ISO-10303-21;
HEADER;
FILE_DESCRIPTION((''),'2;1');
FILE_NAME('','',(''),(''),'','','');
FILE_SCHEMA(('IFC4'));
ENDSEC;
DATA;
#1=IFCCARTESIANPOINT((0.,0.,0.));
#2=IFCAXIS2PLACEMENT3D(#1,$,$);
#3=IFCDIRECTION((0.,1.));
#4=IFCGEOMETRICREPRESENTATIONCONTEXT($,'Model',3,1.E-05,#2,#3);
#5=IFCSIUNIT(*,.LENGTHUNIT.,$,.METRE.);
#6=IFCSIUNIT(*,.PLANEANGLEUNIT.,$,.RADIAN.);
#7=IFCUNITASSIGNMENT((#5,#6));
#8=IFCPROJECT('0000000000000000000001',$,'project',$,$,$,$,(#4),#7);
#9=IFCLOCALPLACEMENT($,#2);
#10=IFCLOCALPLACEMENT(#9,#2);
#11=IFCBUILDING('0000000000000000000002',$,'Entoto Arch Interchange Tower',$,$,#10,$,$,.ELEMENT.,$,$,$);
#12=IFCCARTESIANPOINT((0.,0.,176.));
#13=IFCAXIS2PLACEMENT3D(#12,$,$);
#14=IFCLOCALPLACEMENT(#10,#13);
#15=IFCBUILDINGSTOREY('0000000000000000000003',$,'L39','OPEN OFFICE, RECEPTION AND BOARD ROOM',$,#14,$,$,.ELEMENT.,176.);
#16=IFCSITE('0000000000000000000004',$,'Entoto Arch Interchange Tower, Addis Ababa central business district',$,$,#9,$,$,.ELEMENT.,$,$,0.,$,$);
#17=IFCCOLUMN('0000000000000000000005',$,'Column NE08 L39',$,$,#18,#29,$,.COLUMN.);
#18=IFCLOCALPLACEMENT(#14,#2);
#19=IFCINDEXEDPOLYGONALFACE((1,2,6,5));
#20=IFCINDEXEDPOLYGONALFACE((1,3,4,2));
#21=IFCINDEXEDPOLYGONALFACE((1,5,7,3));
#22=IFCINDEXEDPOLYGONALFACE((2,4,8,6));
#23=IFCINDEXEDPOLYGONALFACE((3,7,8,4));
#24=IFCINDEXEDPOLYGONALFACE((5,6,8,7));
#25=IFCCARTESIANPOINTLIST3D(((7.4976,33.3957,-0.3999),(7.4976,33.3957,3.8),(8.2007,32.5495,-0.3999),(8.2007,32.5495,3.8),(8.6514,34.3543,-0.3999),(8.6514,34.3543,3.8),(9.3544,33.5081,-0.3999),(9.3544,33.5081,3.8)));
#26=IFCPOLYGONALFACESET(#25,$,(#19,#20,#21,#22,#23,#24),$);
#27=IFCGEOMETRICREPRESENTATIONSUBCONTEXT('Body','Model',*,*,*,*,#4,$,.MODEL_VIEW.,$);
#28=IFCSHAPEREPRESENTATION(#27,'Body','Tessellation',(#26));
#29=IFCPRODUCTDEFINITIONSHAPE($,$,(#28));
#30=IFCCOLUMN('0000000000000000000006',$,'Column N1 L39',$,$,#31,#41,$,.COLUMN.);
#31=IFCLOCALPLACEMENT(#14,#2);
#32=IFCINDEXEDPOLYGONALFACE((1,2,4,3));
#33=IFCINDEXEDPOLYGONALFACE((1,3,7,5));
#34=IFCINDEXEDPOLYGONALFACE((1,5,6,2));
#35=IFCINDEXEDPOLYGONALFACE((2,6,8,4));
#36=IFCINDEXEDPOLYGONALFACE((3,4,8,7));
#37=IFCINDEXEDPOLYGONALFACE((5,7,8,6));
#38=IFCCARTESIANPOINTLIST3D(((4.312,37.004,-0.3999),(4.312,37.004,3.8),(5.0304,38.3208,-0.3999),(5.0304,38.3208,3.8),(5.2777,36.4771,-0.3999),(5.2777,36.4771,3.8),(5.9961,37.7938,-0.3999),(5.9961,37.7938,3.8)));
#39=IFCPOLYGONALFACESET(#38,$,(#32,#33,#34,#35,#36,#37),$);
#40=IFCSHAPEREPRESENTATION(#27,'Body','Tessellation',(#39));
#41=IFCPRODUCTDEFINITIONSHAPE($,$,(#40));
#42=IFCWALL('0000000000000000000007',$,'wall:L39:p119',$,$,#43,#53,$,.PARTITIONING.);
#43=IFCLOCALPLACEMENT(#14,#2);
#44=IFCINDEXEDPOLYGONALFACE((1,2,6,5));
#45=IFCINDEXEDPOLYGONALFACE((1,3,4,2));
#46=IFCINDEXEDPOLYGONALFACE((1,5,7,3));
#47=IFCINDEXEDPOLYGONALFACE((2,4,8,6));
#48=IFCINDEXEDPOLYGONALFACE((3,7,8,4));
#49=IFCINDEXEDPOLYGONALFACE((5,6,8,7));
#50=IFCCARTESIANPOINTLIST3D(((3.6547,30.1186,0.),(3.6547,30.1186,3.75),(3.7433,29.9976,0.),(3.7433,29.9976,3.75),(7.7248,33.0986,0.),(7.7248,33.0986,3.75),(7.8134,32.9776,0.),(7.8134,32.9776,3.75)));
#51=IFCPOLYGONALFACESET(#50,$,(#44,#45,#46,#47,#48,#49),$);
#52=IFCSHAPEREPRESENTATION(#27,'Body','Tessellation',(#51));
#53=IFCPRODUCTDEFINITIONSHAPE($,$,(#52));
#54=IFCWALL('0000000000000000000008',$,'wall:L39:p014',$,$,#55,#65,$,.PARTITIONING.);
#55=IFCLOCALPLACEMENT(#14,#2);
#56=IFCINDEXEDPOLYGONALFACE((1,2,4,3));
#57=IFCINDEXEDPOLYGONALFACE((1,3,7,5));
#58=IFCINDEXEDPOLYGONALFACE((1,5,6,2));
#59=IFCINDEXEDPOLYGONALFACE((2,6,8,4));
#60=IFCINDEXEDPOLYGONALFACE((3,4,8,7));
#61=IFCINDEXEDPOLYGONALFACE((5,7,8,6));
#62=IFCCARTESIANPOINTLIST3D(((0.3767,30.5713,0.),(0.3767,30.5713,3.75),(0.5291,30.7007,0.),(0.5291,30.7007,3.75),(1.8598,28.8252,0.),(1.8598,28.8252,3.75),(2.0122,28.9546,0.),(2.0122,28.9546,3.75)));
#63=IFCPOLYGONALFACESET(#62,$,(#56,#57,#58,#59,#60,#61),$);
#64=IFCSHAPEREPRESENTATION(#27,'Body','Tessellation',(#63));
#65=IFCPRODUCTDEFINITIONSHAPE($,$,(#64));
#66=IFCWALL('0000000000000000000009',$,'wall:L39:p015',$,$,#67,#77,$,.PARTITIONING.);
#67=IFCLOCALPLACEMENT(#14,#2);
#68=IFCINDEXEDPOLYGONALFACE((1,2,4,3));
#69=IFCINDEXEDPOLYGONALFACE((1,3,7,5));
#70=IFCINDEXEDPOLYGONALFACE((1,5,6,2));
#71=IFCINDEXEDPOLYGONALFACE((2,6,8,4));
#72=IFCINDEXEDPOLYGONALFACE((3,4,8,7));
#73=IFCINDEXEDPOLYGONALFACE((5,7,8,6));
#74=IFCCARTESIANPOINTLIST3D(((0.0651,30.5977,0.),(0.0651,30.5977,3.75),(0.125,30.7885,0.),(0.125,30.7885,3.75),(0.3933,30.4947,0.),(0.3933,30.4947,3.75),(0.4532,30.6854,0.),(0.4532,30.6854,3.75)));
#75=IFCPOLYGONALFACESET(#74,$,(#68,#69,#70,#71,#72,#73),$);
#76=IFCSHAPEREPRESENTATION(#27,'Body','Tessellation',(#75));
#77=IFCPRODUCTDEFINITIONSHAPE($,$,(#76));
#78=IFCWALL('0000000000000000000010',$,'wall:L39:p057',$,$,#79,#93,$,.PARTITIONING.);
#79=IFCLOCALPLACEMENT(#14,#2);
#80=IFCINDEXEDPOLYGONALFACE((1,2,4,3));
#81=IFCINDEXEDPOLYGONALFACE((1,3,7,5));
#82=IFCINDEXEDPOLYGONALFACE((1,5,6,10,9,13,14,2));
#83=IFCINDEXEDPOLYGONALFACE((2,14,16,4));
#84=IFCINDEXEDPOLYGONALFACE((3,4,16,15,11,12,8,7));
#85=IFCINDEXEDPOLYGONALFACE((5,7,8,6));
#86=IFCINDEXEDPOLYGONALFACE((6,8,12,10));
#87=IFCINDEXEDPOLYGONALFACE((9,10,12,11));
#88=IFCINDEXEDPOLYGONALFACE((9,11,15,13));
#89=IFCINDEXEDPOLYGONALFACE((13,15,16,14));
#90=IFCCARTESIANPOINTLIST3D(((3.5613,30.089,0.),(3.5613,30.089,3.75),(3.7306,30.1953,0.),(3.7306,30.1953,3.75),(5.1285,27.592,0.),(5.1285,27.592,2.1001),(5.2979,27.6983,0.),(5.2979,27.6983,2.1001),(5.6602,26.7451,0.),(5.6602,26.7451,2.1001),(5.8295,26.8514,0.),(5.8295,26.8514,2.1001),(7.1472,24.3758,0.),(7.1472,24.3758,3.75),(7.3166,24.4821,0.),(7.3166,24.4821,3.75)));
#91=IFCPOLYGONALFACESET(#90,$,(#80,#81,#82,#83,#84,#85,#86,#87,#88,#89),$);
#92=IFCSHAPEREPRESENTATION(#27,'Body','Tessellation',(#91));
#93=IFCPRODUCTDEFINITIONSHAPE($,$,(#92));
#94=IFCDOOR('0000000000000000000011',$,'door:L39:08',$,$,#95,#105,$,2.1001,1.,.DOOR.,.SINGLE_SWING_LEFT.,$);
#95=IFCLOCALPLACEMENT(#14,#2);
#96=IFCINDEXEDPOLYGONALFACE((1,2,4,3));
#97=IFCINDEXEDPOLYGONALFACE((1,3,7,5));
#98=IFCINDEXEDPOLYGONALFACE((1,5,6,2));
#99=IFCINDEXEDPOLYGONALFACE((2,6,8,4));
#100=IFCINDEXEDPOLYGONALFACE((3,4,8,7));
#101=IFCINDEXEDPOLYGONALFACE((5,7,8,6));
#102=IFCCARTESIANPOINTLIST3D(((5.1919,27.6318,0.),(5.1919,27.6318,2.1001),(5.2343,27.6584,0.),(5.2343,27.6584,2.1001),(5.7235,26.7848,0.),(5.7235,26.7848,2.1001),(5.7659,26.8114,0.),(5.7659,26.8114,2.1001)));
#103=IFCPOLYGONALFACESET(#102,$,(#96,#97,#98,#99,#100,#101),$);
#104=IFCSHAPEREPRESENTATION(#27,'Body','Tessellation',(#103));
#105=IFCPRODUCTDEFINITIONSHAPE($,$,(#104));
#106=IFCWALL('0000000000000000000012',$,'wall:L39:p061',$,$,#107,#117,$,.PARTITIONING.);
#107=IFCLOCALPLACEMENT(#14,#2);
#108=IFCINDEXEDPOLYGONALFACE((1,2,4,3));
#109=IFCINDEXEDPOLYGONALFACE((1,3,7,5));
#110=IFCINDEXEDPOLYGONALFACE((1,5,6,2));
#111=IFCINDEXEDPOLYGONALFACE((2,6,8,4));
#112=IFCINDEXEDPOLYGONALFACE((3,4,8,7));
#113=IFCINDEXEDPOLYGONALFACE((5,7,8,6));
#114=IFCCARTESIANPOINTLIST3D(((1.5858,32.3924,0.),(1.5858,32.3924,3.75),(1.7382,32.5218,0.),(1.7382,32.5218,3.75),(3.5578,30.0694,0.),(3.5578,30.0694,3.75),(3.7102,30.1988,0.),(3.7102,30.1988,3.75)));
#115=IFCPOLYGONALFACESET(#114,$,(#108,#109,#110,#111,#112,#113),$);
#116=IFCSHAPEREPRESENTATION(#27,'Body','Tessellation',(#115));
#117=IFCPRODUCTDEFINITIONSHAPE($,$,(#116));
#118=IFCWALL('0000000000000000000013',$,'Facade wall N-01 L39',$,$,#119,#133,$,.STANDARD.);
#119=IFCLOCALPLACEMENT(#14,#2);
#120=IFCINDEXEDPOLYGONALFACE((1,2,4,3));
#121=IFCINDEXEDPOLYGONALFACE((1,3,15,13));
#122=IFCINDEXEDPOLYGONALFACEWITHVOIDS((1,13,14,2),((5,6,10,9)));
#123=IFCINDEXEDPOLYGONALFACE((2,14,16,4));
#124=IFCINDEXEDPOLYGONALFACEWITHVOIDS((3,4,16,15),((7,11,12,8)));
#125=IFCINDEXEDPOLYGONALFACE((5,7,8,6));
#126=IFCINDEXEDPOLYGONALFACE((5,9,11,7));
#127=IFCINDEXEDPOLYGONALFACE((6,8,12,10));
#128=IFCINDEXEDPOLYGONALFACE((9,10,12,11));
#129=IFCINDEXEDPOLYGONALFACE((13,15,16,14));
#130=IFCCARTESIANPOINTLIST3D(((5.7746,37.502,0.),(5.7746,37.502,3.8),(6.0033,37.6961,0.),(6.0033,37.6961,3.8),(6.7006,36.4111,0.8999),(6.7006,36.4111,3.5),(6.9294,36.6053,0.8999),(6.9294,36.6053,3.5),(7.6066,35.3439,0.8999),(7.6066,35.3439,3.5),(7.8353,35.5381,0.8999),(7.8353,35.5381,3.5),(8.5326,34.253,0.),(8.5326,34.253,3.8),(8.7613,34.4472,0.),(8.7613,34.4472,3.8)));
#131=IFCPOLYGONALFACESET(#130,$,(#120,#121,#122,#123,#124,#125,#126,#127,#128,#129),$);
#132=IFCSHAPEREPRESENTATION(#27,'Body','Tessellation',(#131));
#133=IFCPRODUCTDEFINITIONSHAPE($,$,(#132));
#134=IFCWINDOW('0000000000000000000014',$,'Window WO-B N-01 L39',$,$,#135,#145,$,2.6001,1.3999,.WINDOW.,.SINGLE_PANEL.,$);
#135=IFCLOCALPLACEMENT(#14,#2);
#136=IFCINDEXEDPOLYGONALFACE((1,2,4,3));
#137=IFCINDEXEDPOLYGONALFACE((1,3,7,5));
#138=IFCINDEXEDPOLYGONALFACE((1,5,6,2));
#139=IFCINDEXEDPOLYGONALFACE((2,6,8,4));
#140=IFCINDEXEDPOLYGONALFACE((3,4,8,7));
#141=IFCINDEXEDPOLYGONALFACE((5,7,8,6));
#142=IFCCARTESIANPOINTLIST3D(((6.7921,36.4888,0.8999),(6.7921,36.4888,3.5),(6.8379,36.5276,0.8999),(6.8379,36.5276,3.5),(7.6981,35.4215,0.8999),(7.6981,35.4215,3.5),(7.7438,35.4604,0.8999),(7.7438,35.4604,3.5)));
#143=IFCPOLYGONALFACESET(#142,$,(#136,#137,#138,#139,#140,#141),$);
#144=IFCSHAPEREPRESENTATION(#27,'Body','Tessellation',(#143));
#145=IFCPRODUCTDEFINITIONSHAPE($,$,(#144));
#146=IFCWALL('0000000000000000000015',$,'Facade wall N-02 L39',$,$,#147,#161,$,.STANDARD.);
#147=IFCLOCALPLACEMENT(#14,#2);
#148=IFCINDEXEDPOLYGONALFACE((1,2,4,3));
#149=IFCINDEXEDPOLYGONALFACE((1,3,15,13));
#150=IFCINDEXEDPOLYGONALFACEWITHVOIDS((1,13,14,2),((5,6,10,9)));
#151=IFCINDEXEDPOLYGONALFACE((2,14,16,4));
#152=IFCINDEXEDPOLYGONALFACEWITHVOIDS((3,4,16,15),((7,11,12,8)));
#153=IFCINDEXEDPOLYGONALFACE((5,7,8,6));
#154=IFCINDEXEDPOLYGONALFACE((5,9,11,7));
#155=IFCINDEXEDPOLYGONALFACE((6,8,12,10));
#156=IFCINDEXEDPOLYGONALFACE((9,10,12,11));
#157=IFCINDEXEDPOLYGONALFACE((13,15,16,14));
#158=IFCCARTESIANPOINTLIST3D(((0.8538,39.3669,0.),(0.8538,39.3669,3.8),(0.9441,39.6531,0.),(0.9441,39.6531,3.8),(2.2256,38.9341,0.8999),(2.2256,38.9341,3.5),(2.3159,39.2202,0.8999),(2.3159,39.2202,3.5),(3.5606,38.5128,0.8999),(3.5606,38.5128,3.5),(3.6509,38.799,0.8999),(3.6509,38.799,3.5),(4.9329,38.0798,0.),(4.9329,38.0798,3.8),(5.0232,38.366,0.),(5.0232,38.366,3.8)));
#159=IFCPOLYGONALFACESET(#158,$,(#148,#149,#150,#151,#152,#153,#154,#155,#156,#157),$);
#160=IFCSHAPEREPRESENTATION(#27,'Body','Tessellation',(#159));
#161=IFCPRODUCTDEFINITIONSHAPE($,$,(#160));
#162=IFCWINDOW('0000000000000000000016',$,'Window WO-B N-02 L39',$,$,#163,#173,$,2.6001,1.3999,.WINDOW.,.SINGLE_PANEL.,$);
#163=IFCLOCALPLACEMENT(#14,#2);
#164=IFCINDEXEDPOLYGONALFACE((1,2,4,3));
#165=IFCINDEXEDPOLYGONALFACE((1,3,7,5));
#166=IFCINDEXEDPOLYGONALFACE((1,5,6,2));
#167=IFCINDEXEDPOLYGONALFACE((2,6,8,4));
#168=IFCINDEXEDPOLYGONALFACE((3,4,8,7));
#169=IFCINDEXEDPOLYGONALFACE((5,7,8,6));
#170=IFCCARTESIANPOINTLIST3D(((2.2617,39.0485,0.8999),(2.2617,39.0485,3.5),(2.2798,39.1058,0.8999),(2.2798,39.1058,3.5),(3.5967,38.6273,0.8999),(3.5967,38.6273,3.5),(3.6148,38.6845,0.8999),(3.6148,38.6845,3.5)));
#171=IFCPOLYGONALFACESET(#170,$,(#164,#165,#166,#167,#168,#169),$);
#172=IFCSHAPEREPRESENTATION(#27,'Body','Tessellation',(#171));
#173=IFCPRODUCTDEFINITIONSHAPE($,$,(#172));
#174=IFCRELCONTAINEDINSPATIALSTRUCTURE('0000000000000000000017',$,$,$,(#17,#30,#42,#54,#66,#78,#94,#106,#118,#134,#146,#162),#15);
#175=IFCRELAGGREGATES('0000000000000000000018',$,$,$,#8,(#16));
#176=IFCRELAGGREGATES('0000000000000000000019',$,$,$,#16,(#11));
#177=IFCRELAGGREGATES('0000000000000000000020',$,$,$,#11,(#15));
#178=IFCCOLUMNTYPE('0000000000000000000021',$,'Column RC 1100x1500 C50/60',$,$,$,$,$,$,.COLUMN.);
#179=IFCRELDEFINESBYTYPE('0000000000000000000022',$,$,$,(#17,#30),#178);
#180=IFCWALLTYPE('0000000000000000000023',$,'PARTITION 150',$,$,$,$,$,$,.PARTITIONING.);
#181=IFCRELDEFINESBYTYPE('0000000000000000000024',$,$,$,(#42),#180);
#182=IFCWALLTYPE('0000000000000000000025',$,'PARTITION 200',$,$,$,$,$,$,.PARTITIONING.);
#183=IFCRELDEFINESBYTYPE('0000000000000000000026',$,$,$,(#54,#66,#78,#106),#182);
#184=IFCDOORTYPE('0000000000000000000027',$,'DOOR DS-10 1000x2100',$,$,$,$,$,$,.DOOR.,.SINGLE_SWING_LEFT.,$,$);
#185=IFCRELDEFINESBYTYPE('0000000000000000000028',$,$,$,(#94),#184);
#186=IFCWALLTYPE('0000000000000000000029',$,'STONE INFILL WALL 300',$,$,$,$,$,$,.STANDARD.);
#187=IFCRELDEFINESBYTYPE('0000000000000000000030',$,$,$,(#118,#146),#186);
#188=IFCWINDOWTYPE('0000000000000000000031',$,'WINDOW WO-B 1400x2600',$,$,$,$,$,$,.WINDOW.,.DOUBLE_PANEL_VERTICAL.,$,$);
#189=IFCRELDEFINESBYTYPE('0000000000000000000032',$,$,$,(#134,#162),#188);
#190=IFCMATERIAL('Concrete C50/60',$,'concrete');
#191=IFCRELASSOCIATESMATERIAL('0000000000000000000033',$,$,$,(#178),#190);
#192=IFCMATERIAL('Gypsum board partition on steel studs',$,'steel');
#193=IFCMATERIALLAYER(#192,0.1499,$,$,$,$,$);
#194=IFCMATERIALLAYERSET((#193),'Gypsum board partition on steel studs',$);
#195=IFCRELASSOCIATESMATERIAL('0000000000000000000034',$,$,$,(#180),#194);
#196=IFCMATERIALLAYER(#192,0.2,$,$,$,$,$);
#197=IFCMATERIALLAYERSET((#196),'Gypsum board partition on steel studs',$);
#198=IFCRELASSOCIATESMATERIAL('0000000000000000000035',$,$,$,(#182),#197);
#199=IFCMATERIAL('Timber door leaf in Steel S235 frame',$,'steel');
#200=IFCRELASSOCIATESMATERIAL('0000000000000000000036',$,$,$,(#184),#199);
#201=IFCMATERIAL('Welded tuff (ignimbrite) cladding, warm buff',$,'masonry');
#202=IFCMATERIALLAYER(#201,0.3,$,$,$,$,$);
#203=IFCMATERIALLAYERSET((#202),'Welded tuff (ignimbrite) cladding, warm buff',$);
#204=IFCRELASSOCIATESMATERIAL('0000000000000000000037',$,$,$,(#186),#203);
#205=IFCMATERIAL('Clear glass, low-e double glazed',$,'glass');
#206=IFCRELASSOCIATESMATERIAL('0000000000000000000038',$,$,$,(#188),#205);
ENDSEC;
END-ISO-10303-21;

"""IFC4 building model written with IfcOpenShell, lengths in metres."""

from ifc_helpers import new_model, si_unit, direction, frame, frame_2d, origin, origin_2d, place, context, subcontext, project, spatial, rectangle, extrude, material, layer, layer_set, material_profile, profile_set, type_object, element, fill, save


model = new_model("IFC4")

# Units and contexts
model_context = context("Model", 3, precision=1e-05, world=origin(), true_north=direction((0.0, 1.0)))
body_context = subcontext(model_context, "Body", "Model", "MODEL_VIEW")
ifc_project = project(units=[si_unit("LENGTHUNIT", "METRE"), si_unit("PLANEANGLEUNIT", "RADIAN")], contexts=[model_context])

# Site, building, storey
site_placement = place(None, origin())
site = spatial("IfcSite", under=ifc_project, at=site_placement, Name="Entoto Arch Interchange Tower, Addis Ababa central business district", CompositionType="ELEMENT", RefElevation=0.0)
building_placement = place(site_placement, origin())
building = spatial("IfcBuilding", under=site, at=building_placement, Name="Entoto Arch Interchange Tower", CompositionType="ELEMENT")
storey_placement = place(building_placement, frame((0.0, 0.0, 176.0)))
storey = spatial("IfcBuildingStorey", under=building, at=storey_placement, Name="L39", Description="OPEN OFFICE, RECEPTION AND BOARD ROOM", CompositionType="ELEMENT", Elevation=176.0)

# Columns
ifc_material_1 = material(Name="Concrete C50/60", Category="concrete")
ifc_material_profile = material_profile(ifc_material_1, rectangle(XDim=1.1001, YDim=1.5, at=origin_2d()))
ifc_profile_set = profile_set([ifc_material_profile], Name="Concrete C50/60")
column_type = type_object("IfcColumnType", Name="Column RC 1100x1500 C50/60", PredefinedType="COLUMN", material=ifc_profile_set)
for number, where, z_axis, x_axis, name in (
    (1, (8.426, 33.4519, -0.3999), (0.0, 0.0, 1.0), (-0.63905, 0.769165, 0.0), "Column NE08 L39"),
    (2, (5.1541, 37.3989, -0.3999), (0.0, 0.0, 1.0), (-0.877833, 0.478968, 0.0), "Column N1 L39"),
):
    element("IfcColumn", number, at=place(storey_placement, frame(where, z_axis=z_axis, x_axis=x_axis)), inside=storey, type_object=column_type, Name=name, PredefinedType="COLUMN", context=body_context, shape_type="SweptSolid", body=[
        extrude(rectangle(XDim=1.1001, YDim=1.5, at=origin_2d()), origin(), (0.0, 0.0, 1.0), 4.2),
    ])

# Walls
ifc_material_2 = material(Name="Gypsum board partition on steel studs", Category="steel")
ifc_layer_1 = layer(ifc_material_2, 0.1499)
ifc_layer_set_1 = layer_set([ifc_layer_1], Name="Gypsum board partition on steel studs")
wall_type_1 = type_object("IfcWallType", Name="PARTITION 150", PredefinedType="PARTITIONING", material=ifc_layer_set_1)
wall_1_placement = place(storey_placement, frame((3.699, 30.0581, 0.0), z_axis=(0.0, 0.0, 1.0), x_axis=(0.806853, 0.590753, 0.0)))
element("IfcWall", 3, at=wall_1_placement, inside=storey, type_object=wall_type_1, Name="wall:L39:p119", PredefinedType="PARTITIONING", context=body_context, shape_type="SweptSolid", body=[
    extrude(rectangle(XDim=5.0444, YDim=0.1499, at=frame_2d((2.5222, 0.0))), origin(), (0.0, 0.0, 1.0), 3.75),
])
ifc_layer_2 = layer(ifc_material_2, 0.2)
ifc_layer_set_2 = layer_set([ifc_layer_2], Name="Gypsum board partition on steel studs")
wall_type_2 = type_object("IfcWallType", Name="PARTITION 200", PredefinedType="PARTITIONING", material=ifc_layer_set_2)
wall_2_placement = place(storey_placement, frame((1.936, 28.8899, 0.0), z_axis=(0.0, 0.0, 1.0), x_axis=(-0.647389, 0.76216, 0.0)))
element("IfcWall", 4, at=wall_2_placement, inside=storey, type_object=wall_type_2, Name="wall:L39:p014", PredefinedType="PARTITIONING", context=body_context, shape_type="SweptSolid", body=[
    extrude(rectangle(XDim=2.291, YDim=0.2, at=frame_2d((1.1455, 0.0))), origin(), (0.0, 0.0, 1.0), 3.75),
])
wall_3_placement = place(storey_placement, frame((0.4231, 30.5901, 0.0), z_axis=(0.0, 0.0, 1.0), x_axis=(-0.954075, 0.299568, 0.0)))
element("IfcWall", 5, at=wall_3_placement, inside=storey, type_object=wall_type_2, Name="wall:L39:p015", PredefinedType="PARTITIONING", context=body_context, shape_type="SweptSolid", body=[
    extrude(rectangle(XDim=0.344, YDim=0.2, at=frame_2d((0.1719, 0.0))), origin(), (0.0, 0.0, 1.0), 3.75),
])

# Wall, opening, door
wall_4_placement = place(storey_placement, frame((3.646, 30.1421, 0.0), z_axis=(0.0, 0.0, 1.0), x_axis=(0.531621, -0.846982, 0.0)))
wall_4 = element("IfcWall", 6, at=wall_4_placement, inside=storey, type_object=wall_type_2, Name="wall:L39:p057", PredefinedType="PARTITIONING", context=body_context, shape_type="SweptSolid", body=[
    extrude(rectangle(XDim=6.7454, YDim=0.2, at=frame_2d((3.3726, 0.0))), origin(), (0.0, 0.0, 1.0), 3.75),
])
opening_1_placement = place(wall_4_placement, frame((2.948, 0.0, 0.0)))
opening_1 = element("IfcOpeningElement", 7, at=opening_1_placement, cuts=wall_4, PredefinedType="OPENING", context=body_context, shape_type="SweptSolid", body=[
    extrude(rectangle(XDim=1.0, YDim=2.1001, at=frame_2d((0.5, 1.05))), frame((0.0, 0.1099, 0.0), z_axis=(0.0, -1.0, 0.0), x_axis=(1.0, 0.0, 0.0)), (0.0, 0.0, 1.0), 0.22),
])
ifc_material_3 = material(Name="Timber door leaf in Steel S235 frame", Category="steel")
door_type = type_object("IfcDoorType", Name="DOOR DS-10 1000x2100", OperationType="SINGLE_SWING_LEFT", PredefinedType="DOOR", material=ifc_material_3)
door_placement = place(opening_1_placement, origin())
door = element("IfcDoor", 8, at=door_placement, inside=storey, type_object=door_type, Name="door:L39:08", OperationType="SINGLE_SWING_LEFT", OverallHeight=2.1001, OverallWidth=1.0, PredefinedType="DOOR", context=body_context, shape_type="SweptSolid", body=[
    extrude(rectangle(XDim=1.0, YDim=2.1001, at=frame_2d((0.5, 1.05))), frame((0.0, 0.0249, 0.0), z_axis=(0.0, -1.0, 0.0), x_axis=(1.0, 0.0, 0.0)), (0.0, 0.0, 1.0), 0.05),
])
fill(opening_1, door)

# Wall
wall_5_placement = place(storey_placement, frame((1.6621, 32.457, 0.0), z_axis=(0.0, 0.0, 1.0), x_axis=(0.647148, -0.762364, 0.0)))
element("IfcWall", 9, at=wall_5_placement, inside=storey, type_object=wall_type_2, Name="wall:L39:p061", PredefinedType="PARTITIONING", context=body_context, shape_type="SweptSolid", body=[
    extrude(rectangle(XDim=3.0471, YDim=0.2, at=frame_2d((1.5234, 0.0))), origin(), (0.0, 0.0, 1.0), 3.75),
])

# Walls, openings, windows
ifc_material_4 = material(Name="Welded tuff (ignimbrite) cladding, warm buff", Category="masonry")
ifc_layer_3 = layer(ifc_material_4, 0.3)
ifc_layer_set_3 = layer_set([ifc_layer_3], Name="Welded tuff (ignimbrite) cladding, warm buff")
wall_type_3 = type_object("IfcWallType", Name="STONE INFILL WALL 300", PredefinedType="STANDARD", material=ifc_layer_set_3)
wall_6_placement = place(storey_placement, frame((8.647, 34.3501, 0.0), z_axis=(0.0, 0.0, 1.0), x_axis=(-0.647156, 0.762358, 0.0)))
wall_6 = element("IfcWall", 10, at=wall_6_placement, inside=storey, type_object=wall_type_3, Name="Facade wall N-01 L39", PredefinedType="STANDARD", context=body_context, shape_type="SweptSolid", body=[
    extrude(rectangle(XDim=4.2617, YDim=0.3, at=frame_2d((2.1309, 0.0))), origin(), (0.0, 0.0, 1.0), 3.8),
])
opening_2_placement = place(wall_6_placement, frame((1.4309, 0.0, 0.8999)))
opening_2 = element("IfcOpeningElement", 11, at=opening_2_placement, cuts=wall_6, PredefinedType="OPENING", context=body_context, shape_type="SweptSolid", body=[
    extrude(rectangle(XDim=1.3999, YDim=2.6001, at=frame_2d((0.7, 1.3))), frame((0.0, 0.1602, 0.0), z_axis=(0.0, -1.0, 0.0), x_axis=(1.0, 0.0, 0.0)), (0.0, 0.0, 1.0), 0.3201),
])
ifc_material_5 = material(Name="Clear glass, low-e double glazed", Category="glass")
window_type = type_object("IfcWindowType", Name="WINDOW WO-B 1400x2600", PartitioningType="DOUBLE_PANEL_VERTICAL", PredefinedType="WINDOW", material=ifc_material_5)
window_1_placement = place(opening_2_placement, origin())
window_1 = element("IfcWindow", 12, at=window_1_placement, inside=storey, type_object=window_type, Name="Window WO-B N-01 L39", OverallHeight=2.6001, OverallWidth=1.3999, PartitioningType="SINGLE_PANEL", PredefinedType="WINDOW", context=body_context, shape_type="SweptSolid", body=[
    extrude(rectangle(XDim=1.3999, YDim=2.6001, at=frame_2d((0.7, 1.3))), frame((0.0, 0.03, 0.0), z_axis=(0.0, -1.0, 0.0), x_axis=(1.0, 0.0, 0.0)), (0.0, 0.0, 1.0), 0.0601),
])
fill(opening_2, window_1)
wall_7_placement = place(storey_placement, frame((4.978, 38.2229, 0.0), z_axis=(0.0, 0.0, 1.0), x_axis=(-0.953652, 0.300913, 0.0)))
wall_7 = element("IfcWall", 13, at=wall_7_placement, inside=storey, type_object=wall_type_3, Name="Facade wall N-02 L39", PredefinedType="STANDARD", context=body_context, shape_type="SweptSolid", body=[
    extrude(rectangle(XDim=4.2773, YDim=0.3, at=frame_2d((2.1387, 0.0))), origin(), (0.0, 0.0, 1.0), 3.8),
])
opening_3_placement = place(wall_7_placement, frame((1.439, 0.0, 0.8999)))
opening_3 = element("IfcOpeningElement", 14, at=opening_3_placement, cuts=wall_7, PredefinedType="OPENING", context=body_context, shape_type="SweptSolid", body=[
    extrude(rectangle(XDim=1.3999, YDim=2.6001, at=frame_2d((0.7, 1.3))), frame((0.0, 0.1602, 0.0), z_axis=(0.0, -1.0, 0.0), x_axis=(1.0, 0.0, 0.0)), (0.0, 0.0, 1.0), 0.3201),
])
window_2_placement = place(opening_3_placement, origin())
window_2 = element("IfcWindow", 15, at=window_2_placement, inside=storey, type_object=window_type, Name="Window WO-B N-02 L39", OverallHeight=2.6001, OverallWidth=1.3999, PartitioningType="SINGLE_PANEL", PredefinedType="WINDOW", context=body_context, shape_type="SweptSolid", body=[
    extrude(rectangle(XDim=1.3999, YDim=2.6001, at=frame_2d((0.7, 1.3))), frame((0.0, 0.03, 0.0), z_axis=(0.0, -1.0, 0.0), x_axis=(1.0, 0.0, 0.0)), (0.0, 0.0, 1.0), 0.0601),
])
fill(opening_3, window_2)

save(model, "model.ifc")
